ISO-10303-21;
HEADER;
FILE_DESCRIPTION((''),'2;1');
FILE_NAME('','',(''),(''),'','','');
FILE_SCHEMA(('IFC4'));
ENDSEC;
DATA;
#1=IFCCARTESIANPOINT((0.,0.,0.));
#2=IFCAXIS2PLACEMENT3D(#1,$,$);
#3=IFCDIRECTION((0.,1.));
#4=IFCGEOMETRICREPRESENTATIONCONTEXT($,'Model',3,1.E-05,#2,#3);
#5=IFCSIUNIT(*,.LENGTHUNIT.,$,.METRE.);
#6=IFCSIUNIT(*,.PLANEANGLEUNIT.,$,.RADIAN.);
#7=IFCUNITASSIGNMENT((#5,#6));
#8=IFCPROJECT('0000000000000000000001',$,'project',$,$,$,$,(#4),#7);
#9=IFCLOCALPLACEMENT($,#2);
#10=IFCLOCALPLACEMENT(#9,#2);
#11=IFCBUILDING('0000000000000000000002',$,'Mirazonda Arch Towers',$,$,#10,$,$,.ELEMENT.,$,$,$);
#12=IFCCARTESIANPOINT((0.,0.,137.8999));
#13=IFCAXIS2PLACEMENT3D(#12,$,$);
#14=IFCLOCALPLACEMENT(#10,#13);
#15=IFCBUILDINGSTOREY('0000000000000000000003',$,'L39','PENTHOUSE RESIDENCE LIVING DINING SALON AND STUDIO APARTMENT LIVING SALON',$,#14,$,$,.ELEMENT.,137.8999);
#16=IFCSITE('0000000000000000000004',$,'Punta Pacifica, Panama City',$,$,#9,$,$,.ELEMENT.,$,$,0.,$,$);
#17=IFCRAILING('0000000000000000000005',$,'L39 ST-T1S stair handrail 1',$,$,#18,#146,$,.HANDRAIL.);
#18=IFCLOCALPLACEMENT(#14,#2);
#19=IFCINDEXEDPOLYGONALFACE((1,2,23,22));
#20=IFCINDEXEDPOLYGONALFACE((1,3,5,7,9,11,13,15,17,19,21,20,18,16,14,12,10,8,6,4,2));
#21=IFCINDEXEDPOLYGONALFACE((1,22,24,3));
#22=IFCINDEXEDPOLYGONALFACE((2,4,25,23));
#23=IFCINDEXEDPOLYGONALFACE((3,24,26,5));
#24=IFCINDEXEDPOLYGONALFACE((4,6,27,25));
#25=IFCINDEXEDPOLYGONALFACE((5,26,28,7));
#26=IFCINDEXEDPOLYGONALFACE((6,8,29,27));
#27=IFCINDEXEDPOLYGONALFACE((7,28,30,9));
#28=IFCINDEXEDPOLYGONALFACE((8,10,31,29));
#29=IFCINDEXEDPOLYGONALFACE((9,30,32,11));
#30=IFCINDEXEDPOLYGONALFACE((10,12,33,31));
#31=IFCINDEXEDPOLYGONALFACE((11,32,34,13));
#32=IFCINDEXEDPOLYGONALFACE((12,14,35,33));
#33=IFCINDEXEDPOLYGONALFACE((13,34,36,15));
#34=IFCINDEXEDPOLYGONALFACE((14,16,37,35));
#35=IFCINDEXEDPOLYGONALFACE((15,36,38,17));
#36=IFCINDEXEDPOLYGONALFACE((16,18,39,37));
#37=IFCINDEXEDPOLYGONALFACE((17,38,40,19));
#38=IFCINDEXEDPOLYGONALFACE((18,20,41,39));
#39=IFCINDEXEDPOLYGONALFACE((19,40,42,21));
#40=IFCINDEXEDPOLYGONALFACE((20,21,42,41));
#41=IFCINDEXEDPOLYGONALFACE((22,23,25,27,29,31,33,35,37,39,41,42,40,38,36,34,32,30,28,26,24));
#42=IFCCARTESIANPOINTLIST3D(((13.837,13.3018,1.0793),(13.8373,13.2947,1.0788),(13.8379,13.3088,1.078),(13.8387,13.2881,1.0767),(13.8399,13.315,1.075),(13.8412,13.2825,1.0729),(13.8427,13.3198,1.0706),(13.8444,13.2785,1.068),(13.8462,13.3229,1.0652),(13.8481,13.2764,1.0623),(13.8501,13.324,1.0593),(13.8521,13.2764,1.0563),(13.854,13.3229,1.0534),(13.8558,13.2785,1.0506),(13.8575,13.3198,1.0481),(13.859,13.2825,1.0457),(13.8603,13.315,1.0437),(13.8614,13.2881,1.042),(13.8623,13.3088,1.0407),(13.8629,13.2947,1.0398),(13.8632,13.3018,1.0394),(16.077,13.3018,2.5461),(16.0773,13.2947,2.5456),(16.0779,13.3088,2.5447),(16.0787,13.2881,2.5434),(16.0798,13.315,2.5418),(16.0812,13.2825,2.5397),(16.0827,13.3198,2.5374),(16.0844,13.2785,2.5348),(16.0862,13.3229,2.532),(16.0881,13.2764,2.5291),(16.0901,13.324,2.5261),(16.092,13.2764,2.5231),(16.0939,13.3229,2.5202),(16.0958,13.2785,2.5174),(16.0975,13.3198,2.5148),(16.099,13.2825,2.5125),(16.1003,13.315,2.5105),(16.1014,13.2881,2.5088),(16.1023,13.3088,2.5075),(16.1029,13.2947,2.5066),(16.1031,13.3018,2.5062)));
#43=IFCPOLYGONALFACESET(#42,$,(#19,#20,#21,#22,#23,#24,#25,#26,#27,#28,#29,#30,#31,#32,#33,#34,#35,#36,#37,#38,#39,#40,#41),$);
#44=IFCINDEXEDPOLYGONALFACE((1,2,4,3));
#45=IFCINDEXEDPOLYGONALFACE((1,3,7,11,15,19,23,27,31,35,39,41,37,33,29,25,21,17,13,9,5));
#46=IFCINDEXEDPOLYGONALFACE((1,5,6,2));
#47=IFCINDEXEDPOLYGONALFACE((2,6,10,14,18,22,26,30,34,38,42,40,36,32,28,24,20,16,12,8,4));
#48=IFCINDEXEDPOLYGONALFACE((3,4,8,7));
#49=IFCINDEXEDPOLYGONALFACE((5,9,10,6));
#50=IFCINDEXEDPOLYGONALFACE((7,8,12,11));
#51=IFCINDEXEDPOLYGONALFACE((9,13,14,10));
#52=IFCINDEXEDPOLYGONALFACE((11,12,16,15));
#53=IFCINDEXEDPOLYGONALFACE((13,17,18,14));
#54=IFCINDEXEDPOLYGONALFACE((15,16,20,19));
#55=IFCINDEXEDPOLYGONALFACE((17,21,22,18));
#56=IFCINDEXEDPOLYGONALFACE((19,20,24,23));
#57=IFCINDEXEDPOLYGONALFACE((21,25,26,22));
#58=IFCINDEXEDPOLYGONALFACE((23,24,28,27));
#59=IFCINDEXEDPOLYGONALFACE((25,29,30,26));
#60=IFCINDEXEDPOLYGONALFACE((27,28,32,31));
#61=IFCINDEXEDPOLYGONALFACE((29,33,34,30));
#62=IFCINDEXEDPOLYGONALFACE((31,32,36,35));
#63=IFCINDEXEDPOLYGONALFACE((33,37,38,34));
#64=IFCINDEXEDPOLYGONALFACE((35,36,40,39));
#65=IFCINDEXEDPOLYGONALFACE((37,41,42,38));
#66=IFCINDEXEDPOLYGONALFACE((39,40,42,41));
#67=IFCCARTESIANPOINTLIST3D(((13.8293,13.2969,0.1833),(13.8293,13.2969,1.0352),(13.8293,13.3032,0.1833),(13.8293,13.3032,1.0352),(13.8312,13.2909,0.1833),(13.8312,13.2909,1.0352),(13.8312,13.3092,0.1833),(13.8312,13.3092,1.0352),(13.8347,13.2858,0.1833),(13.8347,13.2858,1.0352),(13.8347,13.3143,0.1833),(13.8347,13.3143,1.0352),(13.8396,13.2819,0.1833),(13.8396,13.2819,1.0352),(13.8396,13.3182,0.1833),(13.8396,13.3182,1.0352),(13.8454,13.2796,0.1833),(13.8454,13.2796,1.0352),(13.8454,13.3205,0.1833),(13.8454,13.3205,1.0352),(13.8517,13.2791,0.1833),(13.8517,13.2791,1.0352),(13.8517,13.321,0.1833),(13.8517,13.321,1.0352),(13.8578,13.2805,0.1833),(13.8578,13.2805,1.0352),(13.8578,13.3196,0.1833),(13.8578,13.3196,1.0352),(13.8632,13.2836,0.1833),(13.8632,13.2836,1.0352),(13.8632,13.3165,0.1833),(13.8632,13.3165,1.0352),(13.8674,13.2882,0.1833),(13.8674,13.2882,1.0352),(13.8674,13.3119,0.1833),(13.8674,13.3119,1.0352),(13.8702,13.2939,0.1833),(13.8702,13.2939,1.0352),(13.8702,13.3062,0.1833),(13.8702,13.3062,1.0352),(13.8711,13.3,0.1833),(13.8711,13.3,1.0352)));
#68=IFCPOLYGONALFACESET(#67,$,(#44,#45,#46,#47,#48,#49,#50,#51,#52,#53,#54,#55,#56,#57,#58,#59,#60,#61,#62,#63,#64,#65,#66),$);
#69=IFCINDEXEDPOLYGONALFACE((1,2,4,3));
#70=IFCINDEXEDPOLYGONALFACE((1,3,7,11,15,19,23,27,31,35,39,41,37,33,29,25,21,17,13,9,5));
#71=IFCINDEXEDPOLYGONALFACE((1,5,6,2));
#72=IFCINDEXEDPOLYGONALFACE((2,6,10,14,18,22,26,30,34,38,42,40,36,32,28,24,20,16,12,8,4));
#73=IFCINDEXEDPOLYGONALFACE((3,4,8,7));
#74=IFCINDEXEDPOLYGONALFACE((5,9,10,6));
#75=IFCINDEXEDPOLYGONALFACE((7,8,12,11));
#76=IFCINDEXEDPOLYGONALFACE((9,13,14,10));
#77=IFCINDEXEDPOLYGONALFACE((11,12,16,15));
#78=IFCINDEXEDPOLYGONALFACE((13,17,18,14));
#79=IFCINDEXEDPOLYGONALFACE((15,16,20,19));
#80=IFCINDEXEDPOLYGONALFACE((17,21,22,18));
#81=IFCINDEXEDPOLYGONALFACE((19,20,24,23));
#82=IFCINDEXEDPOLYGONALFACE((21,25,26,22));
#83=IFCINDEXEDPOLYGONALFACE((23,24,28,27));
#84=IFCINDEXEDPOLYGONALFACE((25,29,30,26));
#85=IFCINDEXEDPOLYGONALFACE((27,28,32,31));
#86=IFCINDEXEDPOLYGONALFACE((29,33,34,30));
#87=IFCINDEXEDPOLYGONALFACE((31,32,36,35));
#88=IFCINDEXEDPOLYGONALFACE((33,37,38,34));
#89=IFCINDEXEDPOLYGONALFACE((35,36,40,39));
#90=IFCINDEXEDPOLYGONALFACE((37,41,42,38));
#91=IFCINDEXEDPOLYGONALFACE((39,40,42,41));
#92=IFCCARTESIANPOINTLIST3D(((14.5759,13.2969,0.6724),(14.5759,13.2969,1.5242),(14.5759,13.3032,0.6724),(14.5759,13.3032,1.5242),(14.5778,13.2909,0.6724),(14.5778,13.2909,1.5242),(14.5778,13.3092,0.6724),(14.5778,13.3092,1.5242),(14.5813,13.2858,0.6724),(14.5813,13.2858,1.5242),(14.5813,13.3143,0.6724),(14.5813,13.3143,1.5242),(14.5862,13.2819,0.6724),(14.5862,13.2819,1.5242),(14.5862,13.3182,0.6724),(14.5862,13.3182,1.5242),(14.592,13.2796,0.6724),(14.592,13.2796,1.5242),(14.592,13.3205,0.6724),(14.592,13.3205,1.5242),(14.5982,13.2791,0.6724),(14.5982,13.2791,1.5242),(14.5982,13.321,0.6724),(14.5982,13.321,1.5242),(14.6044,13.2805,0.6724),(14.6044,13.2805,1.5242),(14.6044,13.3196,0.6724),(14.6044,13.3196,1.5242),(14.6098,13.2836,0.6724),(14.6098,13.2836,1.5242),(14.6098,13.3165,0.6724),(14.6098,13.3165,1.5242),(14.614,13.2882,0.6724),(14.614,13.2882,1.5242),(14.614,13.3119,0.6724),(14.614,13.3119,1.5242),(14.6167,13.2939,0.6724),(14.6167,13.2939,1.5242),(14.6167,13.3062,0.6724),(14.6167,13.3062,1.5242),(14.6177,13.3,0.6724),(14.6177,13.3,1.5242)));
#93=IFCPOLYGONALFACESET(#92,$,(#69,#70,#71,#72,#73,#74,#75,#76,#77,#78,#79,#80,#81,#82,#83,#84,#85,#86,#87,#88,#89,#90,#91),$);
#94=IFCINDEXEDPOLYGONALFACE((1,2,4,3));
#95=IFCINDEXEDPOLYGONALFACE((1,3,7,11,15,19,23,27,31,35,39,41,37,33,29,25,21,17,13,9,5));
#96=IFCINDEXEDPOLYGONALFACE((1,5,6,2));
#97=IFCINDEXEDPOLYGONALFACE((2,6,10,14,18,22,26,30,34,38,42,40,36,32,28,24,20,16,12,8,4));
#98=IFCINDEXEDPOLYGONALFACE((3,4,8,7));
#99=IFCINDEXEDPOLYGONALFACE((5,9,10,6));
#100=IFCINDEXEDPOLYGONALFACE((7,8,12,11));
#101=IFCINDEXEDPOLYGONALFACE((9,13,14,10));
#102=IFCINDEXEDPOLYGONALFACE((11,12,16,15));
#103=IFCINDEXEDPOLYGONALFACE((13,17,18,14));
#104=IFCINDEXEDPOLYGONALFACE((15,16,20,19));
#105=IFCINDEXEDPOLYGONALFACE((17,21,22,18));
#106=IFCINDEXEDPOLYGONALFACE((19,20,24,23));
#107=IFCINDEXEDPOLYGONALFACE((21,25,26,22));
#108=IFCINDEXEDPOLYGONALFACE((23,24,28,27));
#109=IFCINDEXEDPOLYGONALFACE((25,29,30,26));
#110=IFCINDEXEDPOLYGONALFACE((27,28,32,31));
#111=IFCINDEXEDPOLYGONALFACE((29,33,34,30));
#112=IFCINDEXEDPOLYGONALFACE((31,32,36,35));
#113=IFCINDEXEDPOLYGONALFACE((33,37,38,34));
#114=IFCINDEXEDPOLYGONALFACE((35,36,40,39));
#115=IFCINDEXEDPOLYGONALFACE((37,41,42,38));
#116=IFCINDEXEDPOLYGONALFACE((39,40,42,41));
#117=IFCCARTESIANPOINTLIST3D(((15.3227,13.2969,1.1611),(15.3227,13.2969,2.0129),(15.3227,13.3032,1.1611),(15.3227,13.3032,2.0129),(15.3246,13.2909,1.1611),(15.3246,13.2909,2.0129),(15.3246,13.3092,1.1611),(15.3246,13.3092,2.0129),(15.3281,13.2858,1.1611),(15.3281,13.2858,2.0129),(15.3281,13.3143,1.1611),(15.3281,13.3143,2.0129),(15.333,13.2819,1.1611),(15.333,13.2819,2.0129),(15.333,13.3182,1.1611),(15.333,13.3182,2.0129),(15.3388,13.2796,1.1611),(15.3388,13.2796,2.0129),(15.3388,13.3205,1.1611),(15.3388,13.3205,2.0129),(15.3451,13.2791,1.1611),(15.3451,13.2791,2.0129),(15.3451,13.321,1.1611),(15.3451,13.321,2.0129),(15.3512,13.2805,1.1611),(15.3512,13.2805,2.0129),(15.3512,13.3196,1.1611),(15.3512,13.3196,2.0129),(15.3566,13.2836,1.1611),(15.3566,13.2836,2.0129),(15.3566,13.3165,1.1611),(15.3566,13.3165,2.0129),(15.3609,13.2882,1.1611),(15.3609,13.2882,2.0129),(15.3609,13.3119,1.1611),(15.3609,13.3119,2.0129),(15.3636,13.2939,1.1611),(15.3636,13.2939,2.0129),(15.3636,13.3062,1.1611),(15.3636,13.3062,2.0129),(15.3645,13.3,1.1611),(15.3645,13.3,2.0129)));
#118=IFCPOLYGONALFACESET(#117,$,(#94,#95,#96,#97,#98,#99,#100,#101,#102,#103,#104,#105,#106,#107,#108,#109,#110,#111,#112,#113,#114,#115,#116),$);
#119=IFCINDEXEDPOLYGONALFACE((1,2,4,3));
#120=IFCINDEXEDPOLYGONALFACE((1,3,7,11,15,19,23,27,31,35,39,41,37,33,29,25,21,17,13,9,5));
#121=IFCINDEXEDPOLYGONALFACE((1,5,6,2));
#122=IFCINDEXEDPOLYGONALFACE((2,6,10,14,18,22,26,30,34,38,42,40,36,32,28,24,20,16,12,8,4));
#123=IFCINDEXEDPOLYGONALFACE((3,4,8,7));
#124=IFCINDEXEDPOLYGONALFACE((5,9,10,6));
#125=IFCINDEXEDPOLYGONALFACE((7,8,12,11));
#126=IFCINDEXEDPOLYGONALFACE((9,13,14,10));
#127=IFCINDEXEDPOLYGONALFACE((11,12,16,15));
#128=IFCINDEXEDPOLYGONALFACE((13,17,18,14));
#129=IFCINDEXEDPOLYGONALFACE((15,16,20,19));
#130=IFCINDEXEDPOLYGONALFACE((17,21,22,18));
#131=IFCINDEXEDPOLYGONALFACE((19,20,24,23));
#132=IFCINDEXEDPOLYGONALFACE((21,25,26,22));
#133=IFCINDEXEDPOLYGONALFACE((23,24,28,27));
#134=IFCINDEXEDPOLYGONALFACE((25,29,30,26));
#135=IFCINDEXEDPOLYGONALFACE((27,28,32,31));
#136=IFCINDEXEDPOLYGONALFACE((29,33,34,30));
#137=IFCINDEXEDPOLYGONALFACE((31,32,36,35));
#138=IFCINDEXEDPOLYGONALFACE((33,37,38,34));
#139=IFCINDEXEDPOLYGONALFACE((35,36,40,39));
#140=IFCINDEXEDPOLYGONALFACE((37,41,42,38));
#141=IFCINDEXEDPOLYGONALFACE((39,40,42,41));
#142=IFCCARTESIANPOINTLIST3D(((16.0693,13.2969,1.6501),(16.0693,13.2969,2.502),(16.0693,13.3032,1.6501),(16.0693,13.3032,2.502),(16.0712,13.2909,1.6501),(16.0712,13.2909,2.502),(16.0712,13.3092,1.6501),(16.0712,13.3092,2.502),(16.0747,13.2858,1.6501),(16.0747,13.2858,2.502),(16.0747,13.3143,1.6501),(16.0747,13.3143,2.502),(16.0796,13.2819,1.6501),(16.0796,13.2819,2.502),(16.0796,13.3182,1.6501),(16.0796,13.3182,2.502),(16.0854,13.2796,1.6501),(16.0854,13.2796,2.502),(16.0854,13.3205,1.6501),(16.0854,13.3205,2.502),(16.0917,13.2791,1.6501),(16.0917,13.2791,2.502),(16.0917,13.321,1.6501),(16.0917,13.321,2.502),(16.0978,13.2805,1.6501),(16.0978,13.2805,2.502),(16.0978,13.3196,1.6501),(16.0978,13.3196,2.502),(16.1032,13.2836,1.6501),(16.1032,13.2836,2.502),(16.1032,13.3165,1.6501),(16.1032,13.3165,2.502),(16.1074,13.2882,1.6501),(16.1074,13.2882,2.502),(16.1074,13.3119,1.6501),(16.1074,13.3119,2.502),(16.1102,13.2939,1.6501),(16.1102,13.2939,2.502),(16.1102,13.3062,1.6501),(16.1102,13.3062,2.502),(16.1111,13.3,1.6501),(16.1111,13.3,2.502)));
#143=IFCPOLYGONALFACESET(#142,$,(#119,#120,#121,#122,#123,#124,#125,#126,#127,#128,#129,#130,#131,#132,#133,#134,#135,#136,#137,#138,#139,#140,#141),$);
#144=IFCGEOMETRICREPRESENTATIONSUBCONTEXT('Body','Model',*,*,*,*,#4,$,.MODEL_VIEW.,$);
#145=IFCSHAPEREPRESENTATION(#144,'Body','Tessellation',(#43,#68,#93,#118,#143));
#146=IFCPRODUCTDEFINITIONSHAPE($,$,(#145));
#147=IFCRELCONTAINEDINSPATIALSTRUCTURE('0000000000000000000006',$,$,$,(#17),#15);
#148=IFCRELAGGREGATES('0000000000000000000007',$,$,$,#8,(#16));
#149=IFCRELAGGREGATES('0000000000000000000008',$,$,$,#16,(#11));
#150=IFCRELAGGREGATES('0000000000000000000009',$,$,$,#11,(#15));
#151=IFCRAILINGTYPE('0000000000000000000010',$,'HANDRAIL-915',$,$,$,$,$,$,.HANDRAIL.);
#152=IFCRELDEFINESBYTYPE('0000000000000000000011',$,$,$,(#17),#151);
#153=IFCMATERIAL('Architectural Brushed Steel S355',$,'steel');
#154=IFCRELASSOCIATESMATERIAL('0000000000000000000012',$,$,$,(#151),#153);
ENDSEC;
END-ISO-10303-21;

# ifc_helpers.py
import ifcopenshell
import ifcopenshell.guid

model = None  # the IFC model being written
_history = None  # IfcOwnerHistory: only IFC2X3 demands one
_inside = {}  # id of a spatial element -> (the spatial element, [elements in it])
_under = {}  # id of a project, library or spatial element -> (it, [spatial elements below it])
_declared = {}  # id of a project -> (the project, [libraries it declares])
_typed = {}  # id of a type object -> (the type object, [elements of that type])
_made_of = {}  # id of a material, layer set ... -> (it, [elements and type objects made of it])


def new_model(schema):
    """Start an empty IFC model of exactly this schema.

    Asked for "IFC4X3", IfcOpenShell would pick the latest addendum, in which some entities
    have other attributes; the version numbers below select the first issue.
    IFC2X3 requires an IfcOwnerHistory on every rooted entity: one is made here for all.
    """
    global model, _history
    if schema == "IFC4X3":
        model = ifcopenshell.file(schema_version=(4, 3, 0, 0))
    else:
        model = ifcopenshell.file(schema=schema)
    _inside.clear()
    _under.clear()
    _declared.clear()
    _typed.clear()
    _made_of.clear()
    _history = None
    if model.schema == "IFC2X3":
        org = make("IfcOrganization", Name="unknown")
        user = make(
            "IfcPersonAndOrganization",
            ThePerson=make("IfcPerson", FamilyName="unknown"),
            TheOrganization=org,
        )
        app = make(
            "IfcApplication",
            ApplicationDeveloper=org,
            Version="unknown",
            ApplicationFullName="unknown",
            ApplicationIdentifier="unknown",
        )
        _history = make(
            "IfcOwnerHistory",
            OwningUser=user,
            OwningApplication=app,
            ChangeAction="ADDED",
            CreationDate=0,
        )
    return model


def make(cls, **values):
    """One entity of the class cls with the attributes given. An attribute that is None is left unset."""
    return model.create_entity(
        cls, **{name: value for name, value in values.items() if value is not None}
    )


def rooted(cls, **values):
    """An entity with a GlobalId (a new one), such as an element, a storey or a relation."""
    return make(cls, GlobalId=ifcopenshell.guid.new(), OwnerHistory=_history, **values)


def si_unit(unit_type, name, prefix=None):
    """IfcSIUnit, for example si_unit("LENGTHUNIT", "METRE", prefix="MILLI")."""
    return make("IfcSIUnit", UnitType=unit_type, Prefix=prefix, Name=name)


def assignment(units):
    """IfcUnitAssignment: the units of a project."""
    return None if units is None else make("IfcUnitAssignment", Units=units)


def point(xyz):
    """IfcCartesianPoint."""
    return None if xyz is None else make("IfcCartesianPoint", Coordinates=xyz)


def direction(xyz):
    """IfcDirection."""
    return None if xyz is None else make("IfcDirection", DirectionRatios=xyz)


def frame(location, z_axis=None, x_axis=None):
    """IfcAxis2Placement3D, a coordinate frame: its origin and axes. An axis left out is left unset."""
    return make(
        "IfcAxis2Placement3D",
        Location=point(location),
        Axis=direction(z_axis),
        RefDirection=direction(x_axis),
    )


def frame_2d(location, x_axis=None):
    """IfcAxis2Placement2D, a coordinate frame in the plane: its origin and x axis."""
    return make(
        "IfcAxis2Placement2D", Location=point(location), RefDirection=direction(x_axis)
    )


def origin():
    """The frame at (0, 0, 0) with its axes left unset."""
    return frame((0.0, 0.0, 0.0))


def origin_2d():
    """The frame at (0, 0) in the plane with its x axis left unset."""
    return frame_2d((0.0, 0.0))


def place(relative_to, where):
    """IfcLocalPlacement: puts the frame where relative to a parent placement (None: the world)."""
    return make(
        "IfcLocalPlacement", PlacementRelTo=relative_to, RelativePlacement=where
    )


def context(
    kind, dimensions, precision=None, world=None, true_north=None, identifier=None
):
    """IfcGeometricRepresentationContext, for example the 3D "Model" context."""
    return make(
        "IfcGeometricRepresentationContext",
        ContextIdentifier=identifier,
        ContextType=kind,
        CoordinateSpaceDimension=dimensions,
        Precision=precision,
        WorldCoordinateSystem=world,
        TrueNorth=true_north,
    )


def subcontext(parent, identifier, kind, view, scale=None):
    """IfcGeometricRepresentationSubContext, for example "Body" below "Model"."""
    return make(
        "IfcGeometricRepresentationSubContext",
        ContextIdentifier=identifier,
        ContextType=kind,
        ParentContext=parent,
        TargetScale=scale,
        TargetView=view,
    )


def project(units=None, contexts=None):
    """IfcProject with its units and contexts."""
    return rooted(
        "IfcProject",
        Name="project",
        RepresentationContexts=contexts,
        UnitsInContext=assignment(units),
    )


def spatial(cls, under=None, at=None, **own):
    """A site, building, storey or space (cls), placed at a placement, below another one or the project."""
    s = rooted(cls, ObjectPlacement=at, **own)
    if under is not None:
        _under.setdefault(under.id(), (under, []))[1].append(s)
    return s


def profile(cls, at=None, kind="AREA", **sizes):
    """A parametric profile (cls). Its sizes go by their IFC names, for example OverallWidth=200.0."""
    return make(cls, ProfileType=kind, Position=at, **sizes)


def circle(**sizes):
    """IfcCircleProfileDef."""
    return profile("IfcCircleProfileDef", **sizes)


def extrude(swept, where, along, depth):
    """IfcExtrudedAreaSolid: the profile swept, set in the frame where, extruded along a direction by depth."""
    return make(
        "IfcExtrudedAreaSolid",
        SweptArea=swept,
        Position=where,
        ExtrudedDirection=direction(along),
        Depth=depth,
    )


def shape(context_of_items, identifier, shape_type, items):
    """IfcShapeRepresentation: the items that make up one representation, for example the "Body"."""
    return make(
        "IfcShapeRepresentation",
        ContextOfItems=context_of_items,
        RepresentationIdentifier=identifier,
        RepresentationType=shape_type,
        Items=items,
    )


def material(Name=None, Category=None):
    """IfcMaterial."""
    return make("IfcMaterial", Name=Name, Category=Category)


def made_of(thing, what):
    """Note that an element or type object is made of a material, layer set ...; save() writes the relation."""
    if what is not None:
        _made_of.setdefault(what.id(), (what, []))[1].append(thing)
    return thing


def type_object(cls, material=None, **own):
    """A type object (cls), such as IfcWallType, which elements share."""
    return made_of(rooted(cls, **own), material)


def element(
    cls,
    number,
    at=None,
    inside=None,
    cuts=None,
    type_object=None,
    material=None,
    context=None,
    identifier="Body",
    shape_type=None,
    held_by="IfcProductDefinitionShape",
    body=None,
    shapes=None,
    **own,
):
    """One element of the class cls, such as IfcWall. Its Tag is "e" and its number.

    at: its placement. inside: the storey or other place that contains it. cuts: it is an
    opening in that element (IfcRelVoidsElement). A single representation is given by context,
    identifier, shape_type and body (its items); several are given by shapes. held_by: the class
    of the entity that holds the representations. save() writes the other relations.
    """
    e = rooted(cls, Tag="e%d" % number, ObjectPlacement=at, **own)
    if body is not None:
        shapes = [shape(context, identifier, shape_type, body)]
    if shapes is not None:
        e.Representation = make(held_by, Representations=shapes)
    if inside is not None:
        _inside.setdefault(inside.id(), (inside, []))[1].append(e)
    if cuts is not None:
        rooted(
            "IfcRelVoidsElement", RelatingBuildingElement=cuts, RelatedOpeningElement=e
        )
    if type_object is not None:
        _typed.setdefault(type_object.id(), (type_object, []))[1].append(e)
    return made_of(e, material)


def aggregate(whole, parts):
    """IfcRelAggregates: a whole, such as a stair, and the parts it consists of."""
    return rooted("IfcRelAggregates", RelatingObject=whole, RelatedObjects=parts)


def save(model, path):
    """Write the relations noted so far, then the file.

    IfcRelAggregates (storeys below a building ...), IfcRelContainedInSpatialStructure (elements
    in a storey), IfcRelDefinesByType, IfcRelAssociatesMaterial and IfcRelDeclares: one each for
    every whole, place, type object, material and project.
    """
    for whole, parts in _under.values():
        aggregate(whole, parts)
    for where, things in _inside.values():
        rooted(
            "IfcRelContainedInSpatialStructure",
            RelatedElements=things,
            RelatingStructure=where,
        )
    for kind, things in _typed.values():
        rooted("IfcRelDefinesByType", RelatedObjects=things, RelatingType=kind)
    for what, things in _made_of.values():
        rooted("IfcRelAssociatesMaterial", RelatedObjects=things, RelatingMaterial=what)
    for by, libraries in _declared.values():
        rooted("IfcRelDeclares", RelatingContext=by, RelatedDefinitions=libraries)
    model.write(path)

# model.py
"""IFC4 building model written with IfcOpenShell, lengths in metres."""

from ifc_helpers import new_model, si_unit, direction, frame, origin, origin_2d, place, context, subcontext, project, spatial, circle, extrude, material, type_object, element, save


model = new_model("IFC4")

# Units and contexts
model_context = context("Model", 3, precision=1e-05, world=origin(), true_north=direction((0.0, 1.0)))
body_context = subcontext(model_context, "Body", "Model", "MODEL_VIEW")
ifc_project = project(units=[si_unit("LENGTHUNIT", "METRE"), si_unit("PLANEANGLEUNIT", "RADIAN")], contexts=[model_context])

# Site, building, storey
site_placement = place(None, origin())
site = spatial("IfcSite", under=ifc_project, at=site_placement, Name="Punta Pacifica, Panama City", CompositionType="ELEMENT", RefElevation=0.0)
building_placement = place(site_placement, origin())
building = spatial("IfcBuilding", under=site, at=building_placement, Name="Mirazonda Arch Towers", CompositionType="ELEMENT")
storey_placement = place(building_placement, frame((0.0, 0.0, 137.8999)))
storey = spatial("IfcBuildingStorey", under=building, at=storey_placement, Name="L39", Description="PENTHOUSE RESIDENCE LIVING DINING SALON AND STUDIO APARTMENT LIVING SALON", CompositionType="ELEMENT", Elevation=137.8999)

# Shared definitions
ifc_material_1 = material(Name="Architectural Brushed Steel S355", Category="steel")

# Railing
railing_type_1 = type_object("IfcRailingType", Name="HANDRAIL-915", PredefinedType="HANDRAIL", material=ifc_material_1)
railing_1_placement = place(storey_placement, frame((13.8501, 13.3, 0.1833)))
element("IfcRailing", 1, at=railing_1_placement, inside=storey, type_object=railing_type_1, Name="L39 ST-T1S stair handrail 1", PredefinedType="HANDRAIL", context=body_context, shape_type="SweptSolid", body=[
    extrude(circle(Radius=0.0239, at=origin_2d()), frame((0.0, 0.0, 0.876), z_axis=(0.836595, 0.0, 0.547822), x_axis=(0.0, 1.0, 0.0)), (0.0, 0.0, 1.0), 2.6775),
    extrude(circle(Radius=0.021, at=origin_2d()), origin(), (0.0, 0.0, 1.0), 0.8518),
    extrude(circle(Radius=0.021, at=origin_2d()), frame((0.7466, 0.0, 0.489)), (0.0, 0.0, 1.0), 0.8518),
    extrude(circle(Radius=0.021, at=origin_2d()), frame((1.4934, 0.0, 0.9778)), (0.0, 0.0, 1.0), 0.8518),
    extrude(circle(Radius=0.021, at=origin_2d()), frame((2.24, 0.0, 1.4668)), (0.0, 0.0, 1.0), 0.8518),
])

save(model, "model.ifc")
